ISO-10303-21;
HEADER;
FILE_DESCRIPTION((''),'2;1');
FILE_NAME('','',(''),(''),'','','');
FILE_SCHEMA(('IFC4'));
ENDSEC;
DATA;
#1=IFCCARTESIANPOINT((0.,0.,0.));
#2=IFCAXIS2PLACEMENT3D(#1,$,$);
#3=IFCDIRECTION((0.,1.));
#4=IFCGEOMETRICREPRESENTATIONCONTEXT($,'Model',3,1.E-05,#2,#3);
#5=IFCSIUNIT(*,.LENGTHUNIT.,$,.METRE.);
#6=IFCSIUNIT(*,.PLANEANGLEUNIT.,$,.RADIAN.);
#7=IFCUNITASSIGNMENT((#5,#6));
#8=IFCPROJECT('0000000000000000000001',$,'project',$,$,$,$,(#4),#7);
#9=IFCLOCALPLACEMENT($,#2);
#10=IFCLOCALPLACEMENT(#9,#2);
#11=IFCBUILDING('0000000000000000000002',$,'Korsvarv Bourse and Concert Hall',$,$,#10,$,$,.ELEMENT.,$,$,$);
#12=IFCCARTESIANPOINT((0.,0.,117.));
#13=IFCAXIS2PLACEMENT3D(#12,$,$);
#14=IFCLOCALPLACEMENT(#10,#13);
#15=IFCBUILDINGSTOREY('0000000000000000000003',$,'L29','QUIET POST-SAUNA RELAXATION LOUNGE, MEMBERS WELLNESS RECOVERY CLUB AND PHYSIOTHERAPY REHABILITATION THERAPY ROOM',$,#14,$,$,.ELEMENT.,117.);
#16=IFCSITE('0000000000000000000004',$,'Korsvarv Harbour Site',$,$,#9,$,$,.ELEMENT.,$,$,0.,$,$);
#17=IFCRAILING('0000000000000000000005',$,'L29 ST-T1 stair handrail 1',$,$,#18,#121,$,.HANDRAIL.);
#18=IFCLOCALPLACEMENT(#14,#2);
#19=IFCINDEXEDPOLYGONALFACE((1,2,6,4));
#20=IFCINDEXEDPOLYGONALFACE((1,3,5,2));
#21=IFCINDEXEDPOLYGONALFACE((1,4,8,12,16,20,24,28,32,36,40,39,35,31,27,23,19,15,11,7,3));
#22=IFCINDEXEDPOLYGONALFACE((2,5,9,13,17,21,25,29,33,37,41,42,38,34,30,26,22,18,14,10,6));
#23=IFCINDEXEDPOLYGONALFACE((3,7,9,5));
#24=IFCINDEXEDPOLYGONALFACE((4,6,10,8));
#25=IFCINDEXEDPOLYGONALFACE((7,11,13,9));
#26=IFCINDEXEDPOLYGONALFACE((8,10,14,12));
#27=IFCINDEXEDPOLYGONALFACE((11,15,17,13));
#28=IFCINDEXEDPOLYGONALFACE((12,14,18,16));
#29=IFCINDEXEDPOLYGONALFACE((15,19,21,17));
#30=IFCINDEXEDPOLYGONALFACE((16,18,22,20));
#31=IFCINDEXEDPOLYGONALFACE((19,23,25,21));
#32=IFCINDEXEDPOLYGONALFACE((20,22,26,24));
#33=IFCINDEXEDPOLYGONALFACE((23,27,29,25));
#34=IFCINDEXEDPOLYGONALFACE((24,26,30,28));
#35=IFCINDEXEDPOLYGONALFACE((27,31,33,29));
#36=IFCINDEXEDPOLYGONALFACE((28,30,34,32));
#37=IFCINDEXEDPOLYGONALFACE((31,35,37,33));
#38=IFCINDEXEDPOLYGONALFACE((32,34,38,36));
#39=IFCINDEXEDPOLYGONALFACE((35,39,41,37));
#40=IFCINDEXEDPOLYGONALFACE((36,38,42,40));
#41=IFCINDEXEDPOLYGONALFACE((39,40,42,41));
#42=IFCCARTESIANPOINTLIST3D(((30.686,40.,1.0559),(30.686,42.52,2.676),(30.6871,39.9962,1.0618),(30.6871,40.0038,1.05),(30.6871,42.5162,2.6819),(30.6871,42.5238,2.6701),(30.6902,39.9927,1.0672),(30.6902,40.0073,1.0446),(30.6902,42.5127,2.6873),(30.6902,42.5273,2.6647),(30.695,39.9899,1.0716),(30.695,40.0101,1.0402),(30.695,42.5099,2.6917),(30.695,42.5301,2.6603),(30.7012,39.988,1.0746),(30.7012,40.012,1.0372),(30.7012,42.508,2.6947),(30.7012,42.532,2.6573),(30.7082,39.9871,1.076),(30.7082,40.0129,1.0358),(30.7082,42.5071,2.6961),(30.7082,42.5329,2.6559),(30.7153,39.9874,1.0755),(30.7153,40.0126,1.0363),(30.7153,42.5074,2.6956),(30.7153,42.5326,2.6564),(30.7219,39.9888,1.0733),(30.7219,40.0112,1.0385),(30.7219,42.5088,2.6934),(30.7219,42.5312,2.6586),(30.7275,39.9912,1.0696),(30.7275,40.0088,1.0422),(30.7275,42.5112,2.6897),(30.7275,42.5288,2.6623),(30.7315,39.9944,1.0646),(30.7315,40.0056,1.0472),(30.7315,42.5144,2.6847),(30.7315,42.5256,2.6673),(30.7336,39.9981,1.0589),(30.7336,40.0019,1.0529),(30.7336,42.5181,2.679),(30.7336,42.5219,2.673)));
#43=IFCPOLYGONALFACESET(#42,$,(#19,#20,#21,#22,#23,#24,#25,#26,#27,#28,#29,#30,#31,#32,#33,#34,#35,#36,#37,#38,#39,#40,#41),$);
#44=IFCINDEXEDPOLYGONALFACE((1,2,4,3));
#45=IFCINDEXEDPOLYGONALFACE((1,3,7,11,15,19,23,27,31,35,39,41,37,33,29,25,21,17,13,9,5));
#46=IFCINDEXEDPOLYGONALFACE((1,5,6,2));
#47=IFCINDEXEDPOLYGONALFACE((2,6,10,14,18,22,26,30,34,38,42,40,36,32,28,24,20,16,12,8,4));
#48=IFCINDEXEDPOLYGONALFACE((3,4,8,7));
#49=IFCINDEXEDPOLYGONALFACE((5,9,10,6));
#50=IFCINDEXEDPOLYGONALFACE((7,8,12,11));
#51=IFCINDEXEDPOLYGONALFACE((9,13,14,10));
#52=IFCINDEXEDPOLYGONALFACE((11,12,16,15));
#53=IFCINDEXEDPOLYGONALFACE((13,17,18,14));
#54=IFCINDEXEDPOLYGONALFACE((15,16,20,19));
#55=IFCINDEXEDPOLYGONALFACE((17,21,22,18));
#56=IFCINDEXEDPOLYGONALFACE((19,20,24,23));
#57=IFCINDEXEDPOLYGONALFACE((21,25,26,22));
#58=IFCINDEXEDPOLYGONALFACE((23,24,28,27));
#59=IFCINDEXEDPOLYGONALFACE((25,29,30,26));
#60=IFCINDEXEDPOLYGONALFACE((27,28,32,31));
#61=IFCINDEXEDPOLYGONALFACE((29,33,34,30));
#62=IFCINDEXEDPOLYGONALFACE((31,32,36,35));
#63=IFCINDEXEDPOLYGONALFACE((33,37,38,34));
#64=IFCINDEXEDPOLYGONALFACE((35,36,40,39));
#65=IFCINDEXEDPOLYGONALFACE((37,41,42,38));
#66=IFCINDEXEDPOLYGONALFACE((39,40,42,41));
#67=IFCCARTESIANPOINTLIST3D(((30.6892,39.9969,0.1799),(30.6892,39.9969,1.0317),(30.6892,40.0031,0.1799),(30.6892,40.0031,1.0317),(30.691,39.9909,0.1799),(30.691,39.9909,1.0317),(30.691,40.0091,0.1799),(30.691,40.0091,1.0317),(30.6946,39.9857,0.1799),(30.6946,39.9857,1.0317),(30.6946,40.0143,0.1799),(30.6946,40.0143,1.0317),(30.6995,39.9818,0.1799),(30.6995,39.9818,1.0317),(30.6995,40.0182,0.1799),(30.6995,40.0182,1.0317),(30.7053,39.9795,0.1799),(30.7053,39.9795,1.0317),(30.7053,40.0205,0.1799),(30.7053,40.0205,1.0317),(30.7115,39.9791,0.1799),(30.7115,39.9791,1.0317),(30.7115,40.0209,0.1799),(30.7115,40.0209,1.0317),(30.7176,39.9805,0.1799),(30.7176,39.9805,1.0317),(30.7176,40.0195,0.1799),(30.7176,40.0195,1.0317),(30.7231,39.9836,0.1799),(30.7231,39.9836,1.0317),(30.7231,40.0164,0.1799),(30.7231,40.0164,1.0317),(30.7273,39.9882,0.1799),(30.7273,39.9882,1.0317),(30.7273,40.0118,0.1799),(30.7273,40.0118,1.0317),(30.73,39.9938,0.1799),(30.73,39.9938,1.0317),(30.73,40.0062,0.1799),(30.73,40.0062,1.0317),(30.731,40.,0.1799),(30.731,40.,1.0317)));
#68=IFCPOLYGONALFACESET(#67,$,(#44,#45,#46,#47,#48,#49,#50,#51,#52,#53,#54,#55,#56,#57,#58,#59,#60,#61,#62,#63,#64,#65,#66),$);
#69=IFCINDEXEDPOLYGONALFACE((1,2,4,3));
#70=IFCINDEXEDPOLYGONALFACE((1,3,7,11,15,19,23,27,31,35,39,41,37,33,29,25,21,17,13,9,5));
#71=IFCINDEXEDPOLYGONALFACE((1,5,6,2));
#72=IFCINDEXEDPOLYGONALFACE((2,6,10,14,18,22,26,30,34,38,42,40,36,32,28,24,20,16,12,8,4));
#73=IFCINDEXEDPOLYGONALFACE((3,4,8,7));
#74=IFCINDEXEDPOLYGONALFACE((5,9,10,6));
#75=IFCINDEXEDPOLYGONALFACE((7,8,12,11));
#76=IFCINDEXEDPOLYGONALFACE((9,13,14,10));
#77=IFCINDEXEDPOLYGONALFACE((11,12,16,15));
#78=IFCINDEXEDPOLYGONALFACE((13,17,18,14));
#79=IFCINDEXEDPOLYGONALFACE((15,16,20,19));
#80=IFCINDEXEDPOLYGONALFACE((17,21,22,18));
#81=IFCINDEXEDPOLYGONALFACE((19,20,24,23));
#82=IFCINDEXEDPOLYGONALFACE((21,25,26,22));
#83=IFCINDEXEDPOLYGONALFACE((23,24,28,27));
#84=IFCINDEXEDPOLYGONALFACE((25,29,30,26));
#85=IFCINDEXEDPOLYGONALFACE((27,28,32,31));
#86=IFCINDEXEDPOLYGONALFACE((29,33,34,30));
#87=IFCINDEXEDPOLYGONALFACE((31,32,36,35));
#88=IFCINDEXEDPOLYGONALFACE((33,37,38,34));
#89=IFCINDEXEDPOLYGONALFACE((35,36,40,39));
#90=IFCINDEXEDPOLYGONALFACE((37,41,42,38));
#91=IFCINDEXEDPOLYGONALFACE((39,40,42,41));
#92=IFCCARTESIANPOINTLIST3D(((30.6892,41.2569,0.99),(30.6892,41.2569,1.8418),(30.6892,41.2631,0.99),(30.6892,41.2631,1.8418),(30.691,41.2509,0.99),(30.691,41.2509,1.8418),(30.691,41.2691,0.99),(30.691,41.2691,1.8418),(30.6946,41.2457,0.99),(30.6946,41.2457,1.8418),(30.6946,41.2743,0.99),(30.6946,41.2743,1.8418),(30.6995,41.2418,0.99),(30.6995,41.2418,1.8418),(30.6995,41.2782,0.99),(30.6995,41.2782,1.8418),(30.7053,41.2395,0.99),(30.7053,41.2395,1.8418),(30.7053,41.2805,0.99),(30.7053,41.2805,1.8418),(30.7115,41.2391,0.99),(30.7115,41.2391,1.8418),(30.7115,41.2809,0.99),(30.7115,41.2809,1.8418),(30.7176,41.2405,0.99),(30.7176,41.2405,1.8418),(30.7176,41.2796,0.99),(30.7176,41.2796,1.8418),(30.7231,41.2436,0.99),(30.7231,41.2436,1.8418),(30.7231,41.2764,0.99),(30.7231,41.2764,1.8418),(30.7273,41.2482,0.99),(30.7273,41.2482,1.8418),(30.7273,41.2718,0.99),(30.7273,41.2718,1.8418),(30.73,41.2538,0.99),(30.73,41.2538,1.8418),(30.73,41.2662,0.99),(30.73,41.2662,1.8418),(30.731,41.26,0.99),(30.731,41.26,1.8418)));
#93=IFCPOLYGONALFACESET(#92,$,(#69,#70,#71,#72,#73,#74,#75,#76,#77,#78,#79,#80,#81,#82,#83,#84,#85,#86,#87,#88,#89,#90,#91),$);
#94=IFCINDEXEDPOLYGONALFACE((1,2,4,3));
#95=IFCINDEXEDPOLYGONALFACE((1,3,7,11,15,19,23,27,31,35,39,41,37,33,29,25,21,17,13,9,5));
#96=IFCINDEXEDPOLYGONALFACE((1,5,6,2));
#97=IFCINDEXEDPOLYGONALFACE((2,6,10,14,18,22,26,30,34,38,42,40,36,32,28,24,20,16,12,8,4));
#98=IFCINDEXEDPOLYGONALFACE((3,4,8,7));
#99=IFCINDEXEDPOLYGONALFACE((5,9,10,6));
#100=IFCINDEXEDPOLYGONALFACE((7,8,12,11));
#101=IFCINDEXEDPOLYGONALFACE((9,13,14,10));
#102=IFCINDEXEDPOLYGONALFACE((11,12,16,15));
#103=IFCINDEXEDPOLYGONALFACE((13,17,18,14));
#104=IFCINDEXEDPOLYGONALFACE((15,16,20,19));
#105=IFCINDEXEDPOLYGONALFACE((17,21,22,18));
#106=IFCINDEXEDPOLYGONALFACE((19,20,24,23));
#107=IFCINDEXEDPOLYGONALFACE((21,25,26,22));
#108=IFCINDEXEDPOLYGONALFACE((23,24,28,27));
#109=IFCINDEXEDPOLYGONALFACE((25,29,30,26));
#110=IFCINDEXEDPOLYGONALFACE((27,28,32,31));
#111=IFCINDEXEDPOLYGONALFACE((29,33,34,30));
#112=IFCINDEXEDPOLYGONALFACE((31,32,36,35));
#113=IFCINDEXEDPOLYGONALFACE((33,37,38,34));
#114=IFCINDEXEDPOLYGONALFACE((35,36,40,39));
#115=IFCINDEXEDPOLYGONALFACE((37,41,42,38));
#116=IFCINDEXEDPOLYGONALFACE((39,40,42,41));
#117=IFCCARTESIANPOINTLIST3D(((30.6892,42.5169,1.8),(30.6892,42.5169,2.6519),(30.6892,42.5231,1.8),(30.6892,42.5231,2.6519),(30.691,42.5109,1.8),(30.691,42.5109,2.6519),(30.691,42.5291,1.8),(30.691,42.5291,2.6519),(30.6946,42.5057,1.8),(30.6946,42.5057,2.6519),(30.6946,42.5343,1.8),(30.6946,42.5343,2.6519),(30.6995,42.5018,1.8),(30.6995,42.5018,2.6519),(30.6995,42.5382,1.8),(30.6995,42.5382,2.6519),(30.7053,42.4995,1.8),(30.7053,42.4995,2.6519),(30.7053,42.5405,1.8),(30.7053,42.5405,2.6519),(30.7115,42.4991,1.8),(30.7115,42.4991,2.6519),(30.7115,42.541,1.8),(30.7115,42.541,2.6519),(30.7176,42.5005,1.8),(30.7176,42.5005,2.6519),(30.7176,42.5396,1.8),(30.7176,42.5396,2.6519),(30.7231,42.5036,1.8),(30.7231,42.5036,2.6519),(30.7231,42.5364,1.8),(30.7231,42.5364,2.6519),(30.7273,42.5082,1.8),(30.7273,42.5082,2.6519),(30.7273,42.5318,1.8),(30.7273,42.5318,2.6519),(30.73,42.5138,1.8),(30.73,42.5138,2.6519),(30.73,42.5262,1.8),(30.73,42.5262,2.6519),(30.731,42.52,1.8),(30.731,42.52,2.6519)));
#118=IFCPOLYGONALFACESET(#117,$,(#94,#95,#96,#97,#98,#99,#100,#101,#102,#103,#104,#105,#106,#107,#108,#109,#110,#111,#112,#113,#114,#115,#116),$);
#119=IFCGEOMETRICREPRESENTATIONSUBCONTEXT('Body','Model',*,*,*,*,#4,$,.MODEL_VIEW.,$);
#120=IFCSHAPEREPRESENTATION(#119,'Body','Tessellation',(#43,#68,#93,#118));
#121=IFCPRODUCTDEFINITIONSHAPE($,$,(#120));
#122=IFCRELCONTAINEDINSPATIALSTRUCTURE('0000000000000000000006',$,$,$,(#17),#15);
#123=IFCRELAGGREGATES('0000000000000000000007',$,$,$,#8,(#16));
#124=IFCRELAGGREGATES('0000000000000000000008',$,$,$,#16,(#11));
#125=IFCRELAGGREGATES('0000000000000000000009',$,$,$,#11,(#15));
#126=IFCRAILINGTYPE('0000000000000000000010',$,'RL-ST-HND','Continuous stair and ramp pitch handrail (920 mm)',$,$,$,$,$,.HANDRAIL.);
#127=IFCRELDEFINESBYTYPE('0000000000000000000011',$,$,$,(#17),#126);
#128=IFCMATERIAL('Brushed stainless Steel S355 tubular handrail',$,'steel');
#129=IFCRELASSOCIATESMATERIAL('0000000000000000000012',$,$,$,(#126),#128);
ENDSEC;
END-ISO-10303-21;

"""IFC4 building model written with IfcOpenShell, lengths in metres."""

from ifc_helpers import new_model, si_unit, direction, frame, origin, origin_2d, place, context, subcontext, project, spatial, circle, extrude, material, type_object, element, save


model = new_model("IFC4")

# Units and contexts
model_context = context("Model", 3, precision=1e-05, world=origin(), true_north=direction((0.0, 1.0)))
body_context = subcontext(model_context, "Body", "Model", "MODEL_VIEW")
ifc_project = project(units=[si_unit("LENGTHUNIT", "METRE"), si_unit("PLANEANGLEUNIT", "RADIAN")], contexts=[model_context])

# Site, building, storey
site_placement = place(None, origin())
site = spatial("IfcSite", under=ifc_project, at=site_placement, Name="Korsvarv Harbour Site", CompositionType="ELEMENT", RefElevation=0.0)
building_placement = place(site_placement, origin())
building = spatial("IfcBuilding", under=site, at=building_placement, Name="Korsvarv Bourse and Concert Hall", CompositionType="ELEMENT")
storey_placement = place(building_placement, frame((0.0, 0.0, 117.0)))
storey = spatial("IfcBuildingStorey", under=building, at=storey_placement, Name="L29", Description="QUIET POST-SAUNA RELAXATION LOUNGE, MEMBERS WELLNESS RECOVERY CLUB AND PHYSIOTHERAPY REHABILITATION THERAPY ROOM", CompositionType="ELEMENT", Elevation=117.0)

# Railing
ifc_material_1 = material(Name="Brushed stainless Steel S355 tubular handrail", Category="steel")
railing_type_1 = type_object("IfcRailingType", Name="RL-ST-HND", Description="Continuous stair and ramp pitch handrail (920 mm)", PredefinedType="HANDRAIL", material=ifc_material_1)
railing_1_placement = place(storey_placement, frame((30.71, 40.0, 0.1799)))
element("IfcRailing", 1, at=railing_1_placement, inside=storey, type_object=railing_type_1, Name="L29 ST-T1 stair handrail 1", PredefinedType="HANDRAIL", context=body_context, shape_type="SweptSolid", body=[
    extrude(circle(Radius=0.0239, at=origin_2d()), frame((0.0, 0.0, 0.876), z_axis=(0.0, 0.841163, 0.540782), x_axis=(-1.0, 0.0, 0.0)), (0.0, 0.0, 1.0), 2.9958),
    extrude(circle(Radius=0.021, at=origin_2d()), origin(), (0.0, 0.0, 1.0), 0.8518),
    extrude(circle(Radius=0.021, at=origin_2d()), frame((0.0, 1.26, 0.8101)), (0.0, 0.0, 1.0), 0.8518),
    extrude(circle(Radius=0.021, at=origin_2d()), frame((0.0, 2.52, 1.6201)), (0.0, 0.0, 1.0), 0.8518),
])

save(model, "model.ifc")
